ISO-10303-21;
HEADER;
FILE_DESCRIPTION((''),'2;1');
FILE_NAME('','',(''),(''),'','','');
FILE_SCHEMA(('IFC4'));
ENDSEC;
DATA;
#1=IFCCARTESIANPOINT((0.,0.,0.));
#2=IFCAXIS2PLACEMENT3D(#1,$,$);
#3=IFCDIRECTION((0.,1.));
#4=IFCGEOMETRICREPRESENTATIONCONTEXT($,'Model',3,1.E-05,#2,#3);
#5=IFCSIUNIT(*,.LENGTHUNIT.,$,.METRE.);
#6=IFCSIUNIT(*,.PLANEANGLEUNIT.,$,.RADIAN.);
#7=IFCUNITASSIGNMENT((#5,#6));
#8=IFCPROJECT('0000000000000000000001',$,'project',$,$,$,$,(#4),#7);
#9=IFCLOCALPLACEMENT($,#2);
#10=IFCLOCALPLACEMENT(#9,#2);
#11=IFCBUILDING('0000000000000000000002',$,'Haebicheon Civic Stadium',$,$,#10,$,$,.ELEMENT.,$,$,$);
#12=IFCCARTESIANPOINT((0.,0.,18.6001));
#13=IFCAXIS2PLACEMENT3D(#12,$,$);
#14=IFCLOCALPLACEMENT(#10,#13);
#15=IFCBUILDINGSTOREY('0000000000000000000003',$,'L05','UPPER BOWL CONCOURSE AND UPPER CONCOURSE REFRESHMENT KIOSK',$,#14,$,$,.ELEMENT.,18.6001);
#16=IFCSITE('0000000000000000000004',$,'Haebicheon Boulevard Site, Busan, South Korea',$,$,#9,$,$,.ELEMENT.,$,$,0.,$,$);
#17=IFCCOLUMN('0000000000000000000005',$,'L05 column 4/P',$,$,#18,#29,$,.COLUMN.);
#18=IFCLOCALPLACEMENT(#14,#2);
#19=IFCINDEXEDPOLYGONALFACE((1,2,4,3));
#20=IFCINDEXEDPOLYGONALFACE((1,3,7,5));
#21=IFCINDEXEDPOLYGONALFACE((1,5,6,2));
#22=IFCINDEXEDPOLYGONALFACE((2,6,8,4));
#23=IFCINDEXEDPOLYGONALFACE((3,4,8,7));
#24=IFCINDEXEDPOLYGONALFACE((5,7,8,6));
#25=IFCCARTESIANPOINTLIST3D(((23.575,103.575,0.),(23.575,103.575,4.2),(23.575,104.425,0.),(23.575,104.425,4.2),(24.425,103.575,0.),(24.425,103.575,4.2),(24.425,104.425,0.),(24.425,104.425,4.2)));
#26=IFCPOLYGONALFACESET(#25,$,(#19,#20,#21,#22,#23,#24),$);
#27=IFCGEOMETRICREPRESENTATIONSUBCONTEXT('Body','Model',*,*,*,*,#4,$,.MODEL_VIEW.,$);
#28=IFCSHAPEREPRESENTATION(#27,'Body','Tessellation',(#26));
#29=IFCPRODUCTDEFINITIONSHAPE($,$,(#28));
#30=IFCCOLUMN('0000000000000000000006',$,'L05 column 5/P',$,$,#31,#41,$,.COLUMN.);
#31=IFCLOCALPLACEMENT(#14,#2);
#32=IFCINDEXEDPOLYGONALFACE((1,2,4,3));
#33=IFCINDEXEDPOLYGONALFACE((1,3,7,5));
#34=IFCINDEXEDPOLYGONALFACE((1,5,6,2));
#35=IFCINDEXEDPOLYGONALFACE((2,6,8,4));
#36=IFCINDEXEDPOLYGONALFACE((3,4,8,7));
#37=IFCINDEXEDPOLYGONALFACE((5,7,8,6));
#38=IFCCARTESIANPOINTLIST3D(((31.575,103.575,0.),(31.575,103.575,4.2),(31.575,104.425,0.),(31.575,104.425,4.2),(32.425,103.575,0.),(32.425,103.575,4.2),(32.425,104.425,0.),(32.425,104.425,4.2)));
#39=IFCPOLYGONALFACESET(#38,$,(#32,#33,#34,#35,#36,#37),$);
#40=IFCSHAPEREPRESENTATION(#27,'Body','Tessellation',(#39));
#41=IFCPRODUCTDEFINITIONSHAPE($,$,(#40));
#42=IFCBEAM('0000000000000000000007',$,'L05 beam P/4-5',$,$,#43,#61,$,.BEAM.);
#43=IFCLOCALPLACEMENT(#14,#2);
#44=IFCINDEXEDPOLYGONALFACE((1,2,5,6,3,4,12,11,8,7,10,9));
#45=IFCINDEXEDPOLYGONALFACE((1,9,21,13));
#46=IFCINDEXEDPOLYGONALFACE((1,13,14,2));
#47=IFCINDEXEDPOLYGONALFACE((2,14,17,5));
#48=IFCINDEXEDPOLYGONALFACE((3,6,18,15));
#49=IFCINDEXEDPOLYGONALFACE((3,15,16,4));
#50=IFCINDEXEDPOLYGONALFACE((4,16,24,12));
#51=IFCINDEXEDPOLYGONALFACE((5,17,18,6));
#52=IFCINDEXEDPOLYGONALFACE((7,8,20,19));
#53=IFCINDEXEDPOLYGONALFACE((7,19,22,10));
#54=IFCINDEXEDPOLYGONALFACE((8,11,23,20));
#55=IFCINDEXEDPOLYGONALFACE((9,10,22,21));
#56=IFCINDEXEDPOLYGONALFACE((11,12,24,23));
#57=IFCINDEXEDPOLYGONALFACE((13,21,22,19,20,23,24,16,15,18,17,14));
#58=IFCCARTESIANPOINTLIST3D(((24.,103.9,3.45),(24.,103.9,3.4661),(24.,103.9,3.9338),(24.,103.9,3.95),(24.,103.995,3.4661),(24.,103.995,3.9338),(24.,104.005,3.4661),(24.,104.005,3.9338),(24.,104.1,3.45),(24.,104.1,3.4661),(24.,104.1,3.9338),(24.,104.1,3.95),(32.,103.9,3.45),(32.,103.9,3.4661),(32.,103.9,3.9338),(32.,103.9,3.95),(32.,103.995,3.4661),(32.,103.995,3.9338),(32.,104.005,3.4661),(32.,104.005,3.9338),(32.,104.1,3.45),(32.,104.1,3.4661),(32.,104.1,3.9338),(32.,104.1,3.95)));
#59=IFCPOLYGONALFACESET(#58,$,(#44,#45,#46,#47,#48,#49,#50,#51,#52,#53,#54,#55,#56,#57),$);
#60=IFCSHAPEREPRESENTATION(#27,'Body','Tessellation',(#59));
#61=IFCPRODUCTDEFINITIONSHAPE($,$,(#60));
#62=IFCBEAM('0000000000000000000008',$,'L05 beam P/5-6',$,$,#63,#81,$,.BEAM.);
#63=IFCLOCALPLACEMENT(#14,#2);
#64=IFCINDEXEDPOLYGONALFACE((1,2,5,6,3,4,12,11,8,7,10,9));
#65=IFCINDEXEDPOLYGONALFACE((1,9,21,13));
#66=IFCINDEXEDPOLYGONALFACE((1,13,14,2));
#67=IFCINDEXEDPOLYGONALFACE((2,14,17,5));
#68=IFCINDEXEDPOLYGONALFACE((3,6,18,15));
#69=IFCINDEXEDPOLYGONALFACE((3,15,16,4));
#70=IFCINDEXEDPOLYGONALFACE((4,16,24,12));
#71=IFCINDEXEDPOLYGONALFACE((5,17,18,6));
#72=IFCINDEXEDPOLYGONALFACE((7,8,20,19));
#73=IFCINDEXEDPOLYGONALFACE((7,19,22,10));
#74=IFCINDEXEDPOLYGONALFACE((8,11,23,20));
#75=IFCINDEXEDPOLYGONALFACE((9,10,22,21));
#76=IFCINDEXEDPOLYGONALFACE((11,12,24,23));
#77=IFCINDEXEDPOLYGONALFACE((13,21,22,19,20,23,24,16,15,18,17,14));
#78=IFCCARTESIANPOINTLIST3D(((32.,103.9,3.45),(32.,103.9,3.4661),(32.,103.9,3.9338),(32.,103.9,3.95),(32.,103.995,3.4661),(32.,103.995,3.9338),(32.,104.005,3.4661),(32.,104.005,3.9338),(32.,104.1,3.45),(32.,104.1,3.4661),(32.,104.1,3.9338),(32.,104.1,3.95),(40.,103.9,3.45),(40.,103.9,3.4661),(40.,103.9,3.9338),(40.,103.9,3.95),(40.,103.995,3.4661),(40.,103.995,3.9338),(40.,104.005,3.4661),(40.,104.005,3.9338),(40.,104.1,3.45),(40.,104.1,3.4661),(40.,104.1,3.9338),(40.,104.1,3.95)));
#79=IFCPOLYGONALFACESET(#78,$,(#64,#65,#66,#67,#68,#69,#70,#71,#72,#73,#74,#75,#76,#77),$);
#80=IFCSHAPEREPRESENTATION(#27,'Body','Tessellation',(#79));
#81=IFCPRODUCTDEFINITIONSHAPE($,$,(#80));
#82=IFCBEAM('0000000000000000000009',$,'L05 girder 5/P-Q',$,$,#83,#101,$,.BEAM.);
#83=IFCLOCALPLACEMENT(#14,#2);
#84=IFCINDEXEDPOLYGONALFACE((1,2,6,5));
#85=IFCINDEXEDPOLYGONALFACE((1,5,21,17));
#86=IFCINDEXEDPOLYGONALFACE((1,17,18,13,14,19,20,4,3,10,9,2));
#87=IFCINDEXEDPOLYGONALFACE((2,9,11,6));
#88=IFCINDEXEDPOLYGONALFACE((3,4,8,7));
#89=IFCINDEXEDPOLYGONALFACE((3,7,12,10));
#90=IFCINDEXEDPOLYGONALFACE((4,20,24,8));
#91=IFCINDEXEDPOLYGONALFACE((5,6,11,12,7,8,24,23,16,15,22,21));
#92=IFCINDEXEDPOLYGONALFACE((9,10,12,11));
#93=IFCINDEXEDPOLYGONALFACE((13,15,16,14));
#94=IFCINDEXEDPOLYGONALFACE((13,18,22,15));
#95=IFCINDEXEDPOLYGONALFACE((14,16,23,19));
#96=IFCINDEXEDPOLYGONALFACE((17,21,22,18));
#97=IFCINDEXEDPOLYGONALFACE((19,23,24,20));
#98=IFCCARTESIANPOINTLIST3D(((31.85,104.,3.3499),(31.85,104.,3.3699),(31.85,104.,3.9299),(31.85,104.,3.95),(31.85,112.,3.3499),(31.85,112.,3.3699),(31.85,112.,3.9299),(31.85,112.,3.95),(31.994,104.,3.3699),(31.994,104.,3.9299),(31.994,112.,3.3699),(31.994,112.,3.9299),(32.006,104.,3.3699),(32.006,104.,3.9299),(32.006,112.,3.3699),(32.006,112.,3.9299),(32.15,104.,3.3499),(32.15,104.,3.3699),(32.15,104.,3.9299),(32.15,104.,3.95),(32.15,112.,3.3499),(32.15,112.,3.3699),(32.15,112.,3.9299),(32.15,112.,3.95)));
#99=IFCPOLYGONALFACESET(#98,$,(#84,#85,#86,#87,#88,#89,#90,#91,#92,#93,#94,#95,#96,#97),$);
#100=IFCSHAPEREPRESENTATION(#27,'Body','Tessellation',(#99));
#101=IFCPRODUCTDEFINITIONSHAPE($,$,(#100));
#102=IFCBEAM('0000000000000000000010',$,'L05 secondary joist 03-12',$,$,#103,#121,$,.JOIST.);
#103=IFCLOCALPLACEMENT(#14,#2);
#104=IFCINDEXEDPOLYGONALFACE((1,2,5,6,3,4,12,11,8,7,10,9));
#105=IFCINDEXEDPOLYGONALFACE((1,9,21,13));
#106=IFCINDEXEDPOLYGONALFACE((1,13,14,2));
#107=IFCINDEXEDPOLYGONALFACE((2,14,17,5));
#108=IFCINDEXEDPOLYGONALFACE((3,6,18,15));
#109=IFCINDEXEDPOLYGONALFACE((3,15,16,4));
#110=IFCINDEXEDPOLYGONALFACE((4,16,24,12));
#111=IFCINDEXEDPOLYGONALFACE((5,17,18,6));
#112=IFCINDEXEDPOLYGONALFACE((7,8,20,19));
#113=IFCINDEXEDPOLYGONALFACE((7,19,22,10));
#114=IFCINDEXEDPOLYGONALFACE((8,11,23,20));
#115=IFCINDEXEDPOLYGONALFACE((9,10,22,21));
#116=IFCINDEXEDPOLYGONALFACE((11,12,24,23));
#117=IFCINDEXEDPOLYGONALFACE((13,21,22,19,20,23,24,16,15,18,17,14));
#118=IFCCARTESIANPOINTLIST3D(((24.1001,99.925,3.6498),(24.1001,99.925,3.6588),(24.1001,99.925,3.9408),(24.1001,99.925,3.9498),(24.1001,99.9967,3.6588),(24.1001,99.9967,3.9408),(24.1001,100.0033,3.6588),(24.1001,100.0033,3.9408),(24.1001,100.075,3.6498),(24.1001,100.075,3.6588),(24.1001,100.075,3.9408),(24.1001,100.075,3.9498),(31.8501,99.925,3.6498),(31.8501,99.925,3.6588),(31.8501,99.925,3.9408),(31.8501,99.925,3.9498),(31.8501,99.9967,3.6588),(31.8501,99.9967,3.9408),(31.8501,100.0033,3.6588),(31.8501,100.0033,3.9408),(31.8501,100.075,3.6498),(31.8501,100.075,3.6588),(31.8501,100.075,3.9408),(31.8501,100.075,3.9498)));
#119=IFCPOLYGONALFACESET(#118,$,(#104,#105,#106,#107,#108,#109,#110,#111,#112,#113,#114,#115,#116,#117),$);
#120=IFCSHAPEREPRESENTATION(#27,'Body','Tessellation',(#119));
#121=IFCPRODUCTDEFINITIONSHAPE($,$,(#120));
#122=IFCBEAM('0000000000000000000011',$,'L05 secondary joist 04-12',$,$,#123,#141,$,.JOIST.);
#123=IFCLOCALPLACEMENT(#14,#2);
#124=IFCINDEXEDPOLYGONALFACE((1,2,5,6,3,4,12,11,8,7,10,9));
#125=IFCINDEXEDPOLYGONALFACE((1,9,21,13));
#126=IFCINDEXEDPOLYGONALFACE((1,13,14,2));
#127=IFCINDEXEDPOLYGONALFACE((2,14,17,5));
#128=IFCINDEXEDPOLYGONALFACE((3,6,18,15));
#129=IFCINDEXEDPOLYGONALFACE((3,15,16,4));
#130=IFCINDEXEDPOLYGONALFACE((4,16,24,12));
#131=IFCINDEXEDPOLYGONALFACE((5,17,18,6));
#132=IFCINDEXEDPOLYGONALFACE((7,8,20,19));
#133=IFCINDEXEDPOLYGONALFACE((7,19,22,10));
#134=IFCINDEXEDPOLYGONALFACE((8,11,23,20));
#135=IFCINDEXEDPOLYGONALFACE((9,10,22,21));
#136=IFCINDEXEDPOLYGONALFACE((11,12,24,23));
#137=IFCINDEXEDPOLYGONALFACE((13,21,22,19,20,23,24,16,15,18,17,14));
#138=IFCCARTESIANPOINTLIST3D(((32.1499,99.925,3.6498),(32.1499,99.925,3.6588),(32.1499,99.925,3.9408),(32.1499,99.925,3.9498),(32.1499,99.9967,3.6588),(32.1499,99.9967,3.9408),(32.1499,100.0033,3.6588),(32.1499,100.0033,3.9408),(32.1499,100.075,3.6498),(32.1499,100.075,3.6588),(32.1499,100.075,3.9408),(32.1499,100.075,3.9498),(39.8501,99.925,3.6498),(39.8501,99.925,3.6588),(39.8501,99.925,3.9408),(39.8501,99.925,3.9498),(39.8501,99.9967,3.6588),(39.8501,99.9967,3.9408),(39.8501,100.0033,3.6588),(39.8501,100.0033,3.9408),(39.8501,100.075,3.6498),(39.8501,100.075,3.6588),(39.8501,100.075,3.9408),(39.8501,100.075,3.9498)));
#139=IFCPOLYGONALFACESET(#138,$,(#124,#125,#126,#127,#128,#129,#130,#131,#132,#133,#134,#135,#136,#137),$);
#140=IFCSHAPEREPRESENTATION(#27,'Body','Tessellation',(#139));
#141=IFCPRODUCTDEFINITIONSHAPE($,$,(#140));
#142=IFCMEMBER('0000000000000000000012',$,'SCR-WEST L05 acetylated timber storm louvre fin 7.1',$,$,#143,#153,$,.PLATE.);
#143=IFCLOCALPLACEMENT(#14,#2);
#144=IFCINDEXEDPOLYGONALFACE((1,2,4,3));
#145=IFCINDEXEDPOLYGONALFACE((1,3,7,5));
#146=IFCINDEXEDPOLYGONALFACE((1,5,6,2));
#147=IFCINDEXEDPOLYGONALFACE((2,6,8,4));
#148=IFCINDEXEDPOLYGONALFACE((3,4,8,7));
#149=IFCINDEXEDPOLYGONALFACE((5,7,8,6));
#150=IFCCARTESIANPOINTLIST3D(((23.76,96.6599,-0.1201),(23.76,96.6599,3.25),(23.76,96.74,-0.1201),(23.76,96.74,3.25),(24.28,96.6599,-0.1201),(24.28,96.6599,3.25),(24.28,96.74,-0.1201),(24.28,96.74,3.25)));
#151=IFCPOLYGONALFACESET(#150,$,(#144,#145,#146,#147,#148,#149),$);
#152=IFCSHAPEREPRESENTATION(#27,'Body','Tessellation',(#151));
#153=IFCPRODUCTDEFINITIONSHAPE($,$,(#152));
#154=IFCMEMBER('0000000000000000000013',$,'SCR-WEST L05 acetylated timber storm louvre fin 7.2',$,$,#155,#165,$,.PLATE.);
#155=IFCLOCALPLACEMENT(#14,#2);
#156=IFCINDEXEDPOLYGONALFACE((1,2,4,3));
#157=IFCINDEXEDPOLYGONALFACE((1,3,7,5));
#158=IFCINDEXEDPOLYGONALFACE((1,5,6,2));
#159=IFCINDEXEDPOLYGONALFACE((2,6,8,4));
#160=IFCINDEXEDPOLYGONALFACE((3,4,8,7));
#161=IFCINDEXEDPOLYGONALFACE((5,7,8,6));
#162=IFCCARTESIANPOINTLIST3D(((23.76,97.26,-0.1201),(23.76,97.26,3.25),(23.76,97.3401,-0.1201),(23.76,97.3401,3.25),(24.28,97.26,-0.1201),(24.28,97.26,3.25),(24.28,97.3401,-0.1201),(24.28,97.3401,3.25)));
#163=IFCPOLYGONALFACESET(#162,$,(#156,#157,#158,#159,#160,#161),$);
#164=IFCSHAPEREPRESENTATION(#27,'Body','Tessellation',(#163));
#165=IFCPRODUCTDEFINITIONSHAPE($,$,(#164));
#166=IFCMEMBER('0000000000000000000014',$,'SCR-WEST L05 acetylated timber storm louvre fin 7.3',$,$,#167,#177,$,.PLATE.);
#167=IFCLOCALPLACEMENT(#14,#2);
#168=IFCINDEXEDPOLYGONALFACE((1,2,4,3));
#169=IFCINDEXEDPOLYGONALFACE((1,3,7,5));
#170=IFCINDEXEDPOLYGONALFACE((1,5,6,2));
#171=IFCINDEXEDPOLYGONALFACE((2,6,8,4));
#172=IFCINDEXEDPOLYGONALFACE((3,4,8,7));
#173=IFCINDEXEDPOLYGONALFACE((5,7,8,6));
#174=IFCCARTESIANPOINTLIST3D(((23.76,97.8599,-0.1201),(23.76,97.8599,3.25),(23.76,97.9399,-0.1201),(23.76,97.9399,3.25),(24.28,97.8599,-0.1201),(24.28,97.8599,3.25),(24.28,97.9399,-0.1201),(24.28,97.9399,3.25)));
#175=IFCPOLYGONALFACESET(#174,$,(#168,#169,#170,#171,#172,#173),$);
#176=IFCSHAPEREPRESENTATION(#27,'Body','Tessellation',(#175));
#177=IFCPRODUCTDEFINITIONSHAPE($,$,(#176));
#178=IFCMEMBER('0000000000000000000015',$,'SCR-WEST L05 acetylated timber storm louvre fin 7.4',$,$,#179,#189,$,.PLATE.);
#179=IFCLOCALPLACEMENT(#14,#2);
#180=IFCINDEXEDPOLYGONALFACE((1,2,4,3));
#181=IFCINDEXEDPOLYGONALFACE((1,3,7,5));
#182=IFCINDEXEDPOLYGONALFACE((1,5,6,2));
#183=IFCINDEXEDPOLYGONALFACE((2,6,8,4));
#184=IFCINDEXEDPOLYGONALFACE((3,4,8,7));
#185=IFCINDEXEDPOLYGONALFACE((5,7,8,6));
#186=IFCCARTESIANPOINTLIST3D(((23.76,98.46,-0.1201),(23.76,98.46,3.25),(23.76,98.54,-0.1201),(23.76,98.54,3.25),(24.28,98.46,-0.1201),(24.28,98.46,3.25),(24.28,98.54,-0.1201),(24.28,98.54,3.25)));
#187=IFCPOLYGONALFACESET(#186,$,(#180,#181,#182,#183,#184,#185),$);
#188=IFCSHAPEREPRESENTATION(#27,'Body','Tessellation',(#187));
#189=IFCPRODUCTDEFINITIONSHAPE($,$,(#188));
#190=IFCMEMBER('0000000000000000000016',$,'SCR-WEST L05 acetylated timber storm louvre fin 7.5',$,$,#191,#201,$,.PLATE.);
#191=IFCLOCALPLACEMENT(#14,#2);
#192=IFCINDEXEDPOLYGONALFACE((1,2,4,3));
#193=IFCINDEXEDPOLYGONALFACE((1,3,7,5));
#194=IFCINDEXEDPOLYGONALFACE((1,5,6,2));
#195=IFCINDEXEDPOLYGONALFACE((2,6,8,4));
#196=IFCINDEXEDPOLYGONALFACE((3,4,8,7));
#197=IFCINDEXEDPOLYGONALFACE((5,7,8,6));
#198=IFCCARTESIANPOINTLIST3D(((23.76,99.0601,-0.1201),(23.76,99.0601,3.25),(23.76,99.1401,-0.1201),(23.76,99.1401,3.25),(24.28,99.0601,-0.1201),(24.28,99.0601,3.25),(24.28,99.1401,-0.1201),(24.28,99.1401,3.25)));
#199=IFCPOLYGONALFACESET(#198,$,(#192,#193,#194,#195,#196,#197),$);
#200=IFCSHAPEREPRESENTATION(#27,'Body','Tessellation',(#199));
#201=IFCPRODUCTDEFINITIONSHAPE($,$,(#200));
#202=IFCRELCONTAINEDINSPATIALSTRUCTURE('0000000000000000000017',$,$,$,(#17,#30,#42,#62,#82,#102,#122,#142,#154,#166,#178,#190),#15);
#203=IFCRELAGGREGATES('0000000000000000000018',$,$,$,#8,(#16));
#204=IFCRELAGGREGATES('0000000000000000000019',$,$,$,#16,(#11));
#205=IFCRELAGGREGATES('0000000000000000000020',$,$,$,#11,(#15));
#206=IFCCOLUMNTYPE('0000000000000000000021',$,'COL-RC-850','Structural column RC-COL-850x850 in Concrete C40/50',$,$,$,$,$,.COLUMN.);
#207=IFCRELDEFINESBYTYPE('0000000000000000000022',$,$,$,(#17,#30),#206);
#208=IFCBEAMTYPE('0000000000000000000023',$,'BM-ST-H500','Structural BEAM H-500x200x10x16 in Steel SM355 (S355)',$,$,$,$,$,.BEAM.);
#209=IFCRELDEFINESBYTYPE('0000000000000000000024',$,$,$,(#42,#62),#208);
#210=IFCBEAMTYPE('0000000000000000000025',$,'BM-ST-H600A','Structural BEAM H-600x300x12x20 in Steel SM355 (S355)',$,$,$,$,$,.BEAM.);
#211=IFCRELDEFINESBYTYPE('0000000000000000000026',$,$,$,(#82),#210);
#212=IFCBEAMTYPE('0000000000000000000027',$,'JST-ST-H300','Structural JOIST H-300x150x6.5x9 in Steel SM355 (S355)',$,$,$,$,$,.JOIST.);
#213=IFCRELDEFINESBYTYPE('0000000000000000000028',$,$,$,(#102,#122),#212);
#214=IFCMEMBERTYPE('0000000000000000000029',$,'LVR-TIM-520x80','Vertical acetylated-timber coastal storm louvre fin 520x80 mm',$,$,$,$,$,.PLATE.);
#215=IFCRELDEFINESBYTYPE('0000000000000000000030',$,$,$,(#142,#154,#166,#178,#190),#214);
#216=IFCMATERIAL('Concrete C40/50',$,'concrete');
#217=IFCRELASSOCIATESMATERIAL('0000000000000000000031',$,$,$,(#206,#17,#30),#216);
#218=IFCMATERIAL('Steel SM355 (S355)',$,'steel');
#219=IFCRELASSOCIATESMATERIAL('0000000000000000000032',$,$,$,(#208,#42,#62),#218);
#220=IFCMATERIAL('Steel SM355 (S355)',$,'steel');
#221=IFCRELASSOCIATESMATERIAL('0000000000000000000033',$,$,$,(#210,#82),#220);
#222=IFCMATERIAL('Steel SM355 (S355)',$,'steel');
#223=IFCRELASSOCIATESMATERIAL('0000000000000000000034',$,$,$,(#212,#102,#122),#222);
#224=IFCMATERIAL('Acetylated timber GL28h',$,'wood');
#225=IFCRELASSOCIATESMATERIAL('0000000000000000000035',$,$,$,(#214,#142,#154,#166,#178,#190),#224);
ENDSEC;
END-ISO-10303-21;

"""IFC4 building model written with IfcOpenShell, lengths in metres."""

from ifc_helpers import new_model, si_unit, direction, frame, origin, origin_2d, place, context, subcontext, project, spatial, rectangle, i_section, extrude, material, material_profile, profile_set, type_object, element, save


model = new_model("IFC4")

# Units and contexts
model_context = context("Model", 3, precision=1e-05, world=origin(), true_north=direction((0.0, 1.0)))
body_context = subcontext(model_context, "Body", "Model", "MODEL_VIEW")
ifc_project = project(units=[si_unit("LENGTHUNIT", "METRE"), si_unit("PLANEANGLEUNIT", "RADIAN")], contexts=[model_context])

# Site, building, storey
site_placement = place(None, origin())
site = spatial("IfcSite", under=ifc_project, at=site_placement, Name="Haebicheon Boulevard Site, Busan, South Korea", CompositionType="ELEMENT", RefElevation=0.0)
building_placement = place(site_placement, origin())
building = spatial("IfcBuilding", under=site, at=building_placement, Name="Haebicheon Civic Stadium", CompositionType="ELEMENT")
storey_placement = place(building_placement, frame((0.0, 0.0, 18.6001)))
storey = spatial("IfcBuildingStorey", under=building, at=storey_placement, Name="L05", Description="UPPER BOWL CONCOURSE AND UPPER CONCOURSE REFRESHMENT KIOSK", CompositionType="ELEMENT", Elevation=18.6001)

# Columns
ifc_material_1 = material(Name="Concrete C40/50", Category="concrete")
ifc_material_profile_1 = material_profile(ifc_material_1, rectangle(XDim=0.8501, YDim=0.8501, at=origin_2d()), Name="RC-COL-850x850")
ifc_profile_set_1 = profile_set([ifc_material_profile_1], Name="Concrete C40/50")
column_type = type_object("IfcColumnType", Name="COL-RC-850", Description="Structural column RC-COL-850x850 in Concrete C40/50", PredefinedType="COLUMN", material=ifc_profile_set_1)
for number, where, z_axis, x_axis, name in (
    (1, (24.0, 104.0, 0.0), (0.0, 0.0, 1.0), (1.0, 0.0, 0.0), "L05 column 4/P"),
    (2, (32.0, 104.0, 0.0), (0.0, 0.0, 1.0), (1.0, 0.0, 0.0), "L05 column 5/P"),
):
    element("IfcColumn", number, at=place(storey_placement, frame(where, z_axis=z_axis, x_axis=x_axis)), inside=storey, type_object=column_type, material=ifc_profile_set_1, Name=name, PredefinedType="COLUMN", context=body_context, shape_type="SweptSolid", body=[
        extrude(rectangle(XDim=0.8501, YDim=0.8501, at=origin_2d()), origin(), (0.0, 0.0, 1.0), 4.2),
    ])

# Beams
ifc_material_2 = material(Name="Steel SM355 (S355)", Category="steel")
ifc_material_profile_2 = material_profile(ifc_material_2, i_section(OverallWidth=0.2, OverallDepth=0.5, WebThickness=0.01, FlangeThickness=0.0161, at=origin_2d()), Name="H-500x200x10x16")
ifc_profile_set_2 = profile_set([ifc_material_profile_2], Name="Steel SM355 (S355)")
beam_type_1 = type_object("IfcBeamType", Name="BM-ST-H500", Description="Structural BEAM H-500x200x10x16 in Steel SM355 (S355)", PredefinedType="BEAM", material=ifc_profile_set_2)
for number, where, z_axis, x_axis, name in (
    (3, (24.0, 104.0, 3.7), (1.0, 0.0, 0.0), (0.0, 1.0, 0.0), "L05 beam P/4-5"),
    (4, (32.0, 104.0, 3.7), (1.0, 0.0, 0.0), (0.0, 1.0, 0.0), "L05 beam P/5-6"),
):
    element("IfcBeam", number, at=place(storey_placement, frame(where, z_axis=z_axis, x_axis=x_axis)), inside=storey, type_object=beam_type_1, material=ifc_profile_set_2, Name=name, PredefinedType="BEAM", context=body_context, shape_type="SweptSolid", body=[
        extrude(i_section(OverallWidth=0.2, OverallDepth=0.5, WebThickness=0.01, FlangeThickness=0.0161, at=origin_2d()), origin(), (0.0, 0.0, 1.0), 8.0),
    ])
ifc_material_3 = material(Name="Steel SM355 (S355)", Category="steel")
ifc_material_profile_3 = material_profile(ifc_material_3, i_section(OverallWidth=0.3, OverallDepth=0.6001, WebThickness=0.012, FlangeThickness=0.02, at=origin_2d()), Name="H-600x300x12x20")
ifc_profile_set_3 = profile_set([ifc_material_profile_3], Name="Steel SM355 (S355)")
beam_type_2 = type_object("IfcBeamType", Name="BM-ST-H600A", Description="Structural BEAM H-600x300x12x20 in Steel SM355 (S355)", PredefinedType="BEAM", material=ifc_profile_set_3)
beam_1_placement = place(storey_placement, frame((32.0, 104.0, 3.6499), z_axis=(0.0, 1.0, 0.0), x_axis=(-1.0, 0.0, 0.0)))
element("IfcBeam", 5, at=beam_1_placement, inside=storey, type_object=beam_type_2, material=ifc_profile_set_3, Name="L05 girder 5/P-Q", PredefinedType="BEAM", context=body_context, shape_type="SweptSolid", body=[
    extrude(i_section(OverallWidth=0.3, OverallDepth=0.6001, WebThickness=0.012, FlangeThickness=0.02, at=origin_2d()), origin(), (0.0, 0.0, 1.0), 8.0),
])
ifc_material_4 = material(Name="Steel SM355 (S355)", Category="steel")
ifc_material_profile_4 = material_profile(ifc_material_4, i_section(OverallWidth=0.1499, OverallDepth=0.3, WebThickness=0.0066, FlangeThickness=0.009, at=origin_2d()), Name="H-300x150x6.5x9")
ifc_profile_set_4 = profile_set([ifc_material_profile_4], Name="Steel SM355 (S355)")
beam_type_3 = type_object("IfcBeamType", Name="JST-ST-H300", Description="Structural JOIST H-300x150x6.5x9 in Steel SM355 (S355)", PredefinedType="JOIST", material=ifc_profile_set_4)
beam_2_placement = place(storey_placement, frame((24.1001, 100.0, 3.7998), z_axis=(1.0, 0.0, 0.0), x_axis=(0.0, 1.0, 0.0)))
element("IfcBeam", 6, at=beam_2_placement, inside=storey, type_object=beam_type_3, material=ifc_profile_set_4, Name="L05 secondary joist 03-12", PredefinedType="JOIST", context=body_context, shape_type="SweptSolid", body=[
    extrude(i_section(OverallWidth=0.1499, OverallDepth=0.3, WebThickness=0.0066, FlangeThickness=0.009, at=origin_2d()), origin(), (0.0, 0.0, 1.0), 7.75),
])
beam_3_placement = place(storey_placement, frame((32.1499, 100.0, 3.7998), z_axis=(1.0, 0.0, 0.0), x_axis=(0.0, 1.0, 0.0)))
element("IfcBeam", 7, at=beam_3_placement, inside=storey, type_object=beam_type_3, material=ifc_profile_set_4, Name="L05 secondary joist 04-12", PredefinedType="JOIST", context=body_context, shape_type="SweptSolid", body=[
    extrude(i_section(OverallWidth=0.1499, OverallDepth=0.3, WebThickness=0.0066, FlangeThickness=0.009, at=origin_2d()), origin(), (0.0, 0.0, 1.0), 7.7002),
])

# Members
ifc_material_5 = material(Name="Acetylated timber GL28h", Category="wood")
ifc_material_profile_5 = material_profile(ifc_material_5, rectangle(XDim=0.0801, YDim=0.52, at=origin_2d()), Name="TMB-LOUV-80x520")
ifc_profile_set_5 = profile_set([ifc_material_profile_5], Name="Acetylated timber GL28h")
member_type_1 = type_object("IfcMemberType", Name="LVR-TIM-520x80", Description="Vertical acetylated-timber coastal storm louvre fin 520x80 mm", PredefinedType="PLATE", material=ifc_profile_set_5)
for number, where, z_axis, x_axis, name in (
    (8, (24.02, 96.7, -0.1201), (0.0, 0.0, 1.0), (0.0, 1.0, 0.0), "SCR-WEST L05 acetylated timber storm louvre fin 7.1"),
    (9, (24.02, 97.3, -0.1201), (0.0, 0.0, 1.0), (0.0, 1.0, 0.0), "SCR-WEST L05 acetylated timber storm louvre fin 7.2"),
    (10, (24.02, 97.8999, -0.1201), (0.0, 0.0, 1.0), (0.0, 1.0, 0.0), "SCR-WEST L05 acetylated timber storm louvre fin 7.3"),
    (11, (24.02, 98.5, -0.1201), (0.0, 0.0, 1.0), (0.0, 1.0, 0.0), "SCR-WEST L05 acetylated timber storm louvre fin 7.4"),
    (12, (24.02, 99.1001, -0.1201), (0.0, 0.0, 1.0), (0.0, 1.0, 0.0), "SCR-WEST L05 acetylated timber storm louvre fin 7.5"),
):
    element("IfcMember", number, at=place(storey_placement, frame(where, z_axis=z_axis, x_axis=x_axis)), inside=storey, type_object=member_type_1, material=ifc_profile_set_5, Name=name, PredefinedType="PLATE", context=body_context, shape_type="SweptSolid", body=[
        extrude(rectangle(XDim=0.0801, YDim=0.52, at=origin_2d()), origin(), (0.0, 0.0, 1.0), 3.3701),
    ])

save(model, "model.ifc")
